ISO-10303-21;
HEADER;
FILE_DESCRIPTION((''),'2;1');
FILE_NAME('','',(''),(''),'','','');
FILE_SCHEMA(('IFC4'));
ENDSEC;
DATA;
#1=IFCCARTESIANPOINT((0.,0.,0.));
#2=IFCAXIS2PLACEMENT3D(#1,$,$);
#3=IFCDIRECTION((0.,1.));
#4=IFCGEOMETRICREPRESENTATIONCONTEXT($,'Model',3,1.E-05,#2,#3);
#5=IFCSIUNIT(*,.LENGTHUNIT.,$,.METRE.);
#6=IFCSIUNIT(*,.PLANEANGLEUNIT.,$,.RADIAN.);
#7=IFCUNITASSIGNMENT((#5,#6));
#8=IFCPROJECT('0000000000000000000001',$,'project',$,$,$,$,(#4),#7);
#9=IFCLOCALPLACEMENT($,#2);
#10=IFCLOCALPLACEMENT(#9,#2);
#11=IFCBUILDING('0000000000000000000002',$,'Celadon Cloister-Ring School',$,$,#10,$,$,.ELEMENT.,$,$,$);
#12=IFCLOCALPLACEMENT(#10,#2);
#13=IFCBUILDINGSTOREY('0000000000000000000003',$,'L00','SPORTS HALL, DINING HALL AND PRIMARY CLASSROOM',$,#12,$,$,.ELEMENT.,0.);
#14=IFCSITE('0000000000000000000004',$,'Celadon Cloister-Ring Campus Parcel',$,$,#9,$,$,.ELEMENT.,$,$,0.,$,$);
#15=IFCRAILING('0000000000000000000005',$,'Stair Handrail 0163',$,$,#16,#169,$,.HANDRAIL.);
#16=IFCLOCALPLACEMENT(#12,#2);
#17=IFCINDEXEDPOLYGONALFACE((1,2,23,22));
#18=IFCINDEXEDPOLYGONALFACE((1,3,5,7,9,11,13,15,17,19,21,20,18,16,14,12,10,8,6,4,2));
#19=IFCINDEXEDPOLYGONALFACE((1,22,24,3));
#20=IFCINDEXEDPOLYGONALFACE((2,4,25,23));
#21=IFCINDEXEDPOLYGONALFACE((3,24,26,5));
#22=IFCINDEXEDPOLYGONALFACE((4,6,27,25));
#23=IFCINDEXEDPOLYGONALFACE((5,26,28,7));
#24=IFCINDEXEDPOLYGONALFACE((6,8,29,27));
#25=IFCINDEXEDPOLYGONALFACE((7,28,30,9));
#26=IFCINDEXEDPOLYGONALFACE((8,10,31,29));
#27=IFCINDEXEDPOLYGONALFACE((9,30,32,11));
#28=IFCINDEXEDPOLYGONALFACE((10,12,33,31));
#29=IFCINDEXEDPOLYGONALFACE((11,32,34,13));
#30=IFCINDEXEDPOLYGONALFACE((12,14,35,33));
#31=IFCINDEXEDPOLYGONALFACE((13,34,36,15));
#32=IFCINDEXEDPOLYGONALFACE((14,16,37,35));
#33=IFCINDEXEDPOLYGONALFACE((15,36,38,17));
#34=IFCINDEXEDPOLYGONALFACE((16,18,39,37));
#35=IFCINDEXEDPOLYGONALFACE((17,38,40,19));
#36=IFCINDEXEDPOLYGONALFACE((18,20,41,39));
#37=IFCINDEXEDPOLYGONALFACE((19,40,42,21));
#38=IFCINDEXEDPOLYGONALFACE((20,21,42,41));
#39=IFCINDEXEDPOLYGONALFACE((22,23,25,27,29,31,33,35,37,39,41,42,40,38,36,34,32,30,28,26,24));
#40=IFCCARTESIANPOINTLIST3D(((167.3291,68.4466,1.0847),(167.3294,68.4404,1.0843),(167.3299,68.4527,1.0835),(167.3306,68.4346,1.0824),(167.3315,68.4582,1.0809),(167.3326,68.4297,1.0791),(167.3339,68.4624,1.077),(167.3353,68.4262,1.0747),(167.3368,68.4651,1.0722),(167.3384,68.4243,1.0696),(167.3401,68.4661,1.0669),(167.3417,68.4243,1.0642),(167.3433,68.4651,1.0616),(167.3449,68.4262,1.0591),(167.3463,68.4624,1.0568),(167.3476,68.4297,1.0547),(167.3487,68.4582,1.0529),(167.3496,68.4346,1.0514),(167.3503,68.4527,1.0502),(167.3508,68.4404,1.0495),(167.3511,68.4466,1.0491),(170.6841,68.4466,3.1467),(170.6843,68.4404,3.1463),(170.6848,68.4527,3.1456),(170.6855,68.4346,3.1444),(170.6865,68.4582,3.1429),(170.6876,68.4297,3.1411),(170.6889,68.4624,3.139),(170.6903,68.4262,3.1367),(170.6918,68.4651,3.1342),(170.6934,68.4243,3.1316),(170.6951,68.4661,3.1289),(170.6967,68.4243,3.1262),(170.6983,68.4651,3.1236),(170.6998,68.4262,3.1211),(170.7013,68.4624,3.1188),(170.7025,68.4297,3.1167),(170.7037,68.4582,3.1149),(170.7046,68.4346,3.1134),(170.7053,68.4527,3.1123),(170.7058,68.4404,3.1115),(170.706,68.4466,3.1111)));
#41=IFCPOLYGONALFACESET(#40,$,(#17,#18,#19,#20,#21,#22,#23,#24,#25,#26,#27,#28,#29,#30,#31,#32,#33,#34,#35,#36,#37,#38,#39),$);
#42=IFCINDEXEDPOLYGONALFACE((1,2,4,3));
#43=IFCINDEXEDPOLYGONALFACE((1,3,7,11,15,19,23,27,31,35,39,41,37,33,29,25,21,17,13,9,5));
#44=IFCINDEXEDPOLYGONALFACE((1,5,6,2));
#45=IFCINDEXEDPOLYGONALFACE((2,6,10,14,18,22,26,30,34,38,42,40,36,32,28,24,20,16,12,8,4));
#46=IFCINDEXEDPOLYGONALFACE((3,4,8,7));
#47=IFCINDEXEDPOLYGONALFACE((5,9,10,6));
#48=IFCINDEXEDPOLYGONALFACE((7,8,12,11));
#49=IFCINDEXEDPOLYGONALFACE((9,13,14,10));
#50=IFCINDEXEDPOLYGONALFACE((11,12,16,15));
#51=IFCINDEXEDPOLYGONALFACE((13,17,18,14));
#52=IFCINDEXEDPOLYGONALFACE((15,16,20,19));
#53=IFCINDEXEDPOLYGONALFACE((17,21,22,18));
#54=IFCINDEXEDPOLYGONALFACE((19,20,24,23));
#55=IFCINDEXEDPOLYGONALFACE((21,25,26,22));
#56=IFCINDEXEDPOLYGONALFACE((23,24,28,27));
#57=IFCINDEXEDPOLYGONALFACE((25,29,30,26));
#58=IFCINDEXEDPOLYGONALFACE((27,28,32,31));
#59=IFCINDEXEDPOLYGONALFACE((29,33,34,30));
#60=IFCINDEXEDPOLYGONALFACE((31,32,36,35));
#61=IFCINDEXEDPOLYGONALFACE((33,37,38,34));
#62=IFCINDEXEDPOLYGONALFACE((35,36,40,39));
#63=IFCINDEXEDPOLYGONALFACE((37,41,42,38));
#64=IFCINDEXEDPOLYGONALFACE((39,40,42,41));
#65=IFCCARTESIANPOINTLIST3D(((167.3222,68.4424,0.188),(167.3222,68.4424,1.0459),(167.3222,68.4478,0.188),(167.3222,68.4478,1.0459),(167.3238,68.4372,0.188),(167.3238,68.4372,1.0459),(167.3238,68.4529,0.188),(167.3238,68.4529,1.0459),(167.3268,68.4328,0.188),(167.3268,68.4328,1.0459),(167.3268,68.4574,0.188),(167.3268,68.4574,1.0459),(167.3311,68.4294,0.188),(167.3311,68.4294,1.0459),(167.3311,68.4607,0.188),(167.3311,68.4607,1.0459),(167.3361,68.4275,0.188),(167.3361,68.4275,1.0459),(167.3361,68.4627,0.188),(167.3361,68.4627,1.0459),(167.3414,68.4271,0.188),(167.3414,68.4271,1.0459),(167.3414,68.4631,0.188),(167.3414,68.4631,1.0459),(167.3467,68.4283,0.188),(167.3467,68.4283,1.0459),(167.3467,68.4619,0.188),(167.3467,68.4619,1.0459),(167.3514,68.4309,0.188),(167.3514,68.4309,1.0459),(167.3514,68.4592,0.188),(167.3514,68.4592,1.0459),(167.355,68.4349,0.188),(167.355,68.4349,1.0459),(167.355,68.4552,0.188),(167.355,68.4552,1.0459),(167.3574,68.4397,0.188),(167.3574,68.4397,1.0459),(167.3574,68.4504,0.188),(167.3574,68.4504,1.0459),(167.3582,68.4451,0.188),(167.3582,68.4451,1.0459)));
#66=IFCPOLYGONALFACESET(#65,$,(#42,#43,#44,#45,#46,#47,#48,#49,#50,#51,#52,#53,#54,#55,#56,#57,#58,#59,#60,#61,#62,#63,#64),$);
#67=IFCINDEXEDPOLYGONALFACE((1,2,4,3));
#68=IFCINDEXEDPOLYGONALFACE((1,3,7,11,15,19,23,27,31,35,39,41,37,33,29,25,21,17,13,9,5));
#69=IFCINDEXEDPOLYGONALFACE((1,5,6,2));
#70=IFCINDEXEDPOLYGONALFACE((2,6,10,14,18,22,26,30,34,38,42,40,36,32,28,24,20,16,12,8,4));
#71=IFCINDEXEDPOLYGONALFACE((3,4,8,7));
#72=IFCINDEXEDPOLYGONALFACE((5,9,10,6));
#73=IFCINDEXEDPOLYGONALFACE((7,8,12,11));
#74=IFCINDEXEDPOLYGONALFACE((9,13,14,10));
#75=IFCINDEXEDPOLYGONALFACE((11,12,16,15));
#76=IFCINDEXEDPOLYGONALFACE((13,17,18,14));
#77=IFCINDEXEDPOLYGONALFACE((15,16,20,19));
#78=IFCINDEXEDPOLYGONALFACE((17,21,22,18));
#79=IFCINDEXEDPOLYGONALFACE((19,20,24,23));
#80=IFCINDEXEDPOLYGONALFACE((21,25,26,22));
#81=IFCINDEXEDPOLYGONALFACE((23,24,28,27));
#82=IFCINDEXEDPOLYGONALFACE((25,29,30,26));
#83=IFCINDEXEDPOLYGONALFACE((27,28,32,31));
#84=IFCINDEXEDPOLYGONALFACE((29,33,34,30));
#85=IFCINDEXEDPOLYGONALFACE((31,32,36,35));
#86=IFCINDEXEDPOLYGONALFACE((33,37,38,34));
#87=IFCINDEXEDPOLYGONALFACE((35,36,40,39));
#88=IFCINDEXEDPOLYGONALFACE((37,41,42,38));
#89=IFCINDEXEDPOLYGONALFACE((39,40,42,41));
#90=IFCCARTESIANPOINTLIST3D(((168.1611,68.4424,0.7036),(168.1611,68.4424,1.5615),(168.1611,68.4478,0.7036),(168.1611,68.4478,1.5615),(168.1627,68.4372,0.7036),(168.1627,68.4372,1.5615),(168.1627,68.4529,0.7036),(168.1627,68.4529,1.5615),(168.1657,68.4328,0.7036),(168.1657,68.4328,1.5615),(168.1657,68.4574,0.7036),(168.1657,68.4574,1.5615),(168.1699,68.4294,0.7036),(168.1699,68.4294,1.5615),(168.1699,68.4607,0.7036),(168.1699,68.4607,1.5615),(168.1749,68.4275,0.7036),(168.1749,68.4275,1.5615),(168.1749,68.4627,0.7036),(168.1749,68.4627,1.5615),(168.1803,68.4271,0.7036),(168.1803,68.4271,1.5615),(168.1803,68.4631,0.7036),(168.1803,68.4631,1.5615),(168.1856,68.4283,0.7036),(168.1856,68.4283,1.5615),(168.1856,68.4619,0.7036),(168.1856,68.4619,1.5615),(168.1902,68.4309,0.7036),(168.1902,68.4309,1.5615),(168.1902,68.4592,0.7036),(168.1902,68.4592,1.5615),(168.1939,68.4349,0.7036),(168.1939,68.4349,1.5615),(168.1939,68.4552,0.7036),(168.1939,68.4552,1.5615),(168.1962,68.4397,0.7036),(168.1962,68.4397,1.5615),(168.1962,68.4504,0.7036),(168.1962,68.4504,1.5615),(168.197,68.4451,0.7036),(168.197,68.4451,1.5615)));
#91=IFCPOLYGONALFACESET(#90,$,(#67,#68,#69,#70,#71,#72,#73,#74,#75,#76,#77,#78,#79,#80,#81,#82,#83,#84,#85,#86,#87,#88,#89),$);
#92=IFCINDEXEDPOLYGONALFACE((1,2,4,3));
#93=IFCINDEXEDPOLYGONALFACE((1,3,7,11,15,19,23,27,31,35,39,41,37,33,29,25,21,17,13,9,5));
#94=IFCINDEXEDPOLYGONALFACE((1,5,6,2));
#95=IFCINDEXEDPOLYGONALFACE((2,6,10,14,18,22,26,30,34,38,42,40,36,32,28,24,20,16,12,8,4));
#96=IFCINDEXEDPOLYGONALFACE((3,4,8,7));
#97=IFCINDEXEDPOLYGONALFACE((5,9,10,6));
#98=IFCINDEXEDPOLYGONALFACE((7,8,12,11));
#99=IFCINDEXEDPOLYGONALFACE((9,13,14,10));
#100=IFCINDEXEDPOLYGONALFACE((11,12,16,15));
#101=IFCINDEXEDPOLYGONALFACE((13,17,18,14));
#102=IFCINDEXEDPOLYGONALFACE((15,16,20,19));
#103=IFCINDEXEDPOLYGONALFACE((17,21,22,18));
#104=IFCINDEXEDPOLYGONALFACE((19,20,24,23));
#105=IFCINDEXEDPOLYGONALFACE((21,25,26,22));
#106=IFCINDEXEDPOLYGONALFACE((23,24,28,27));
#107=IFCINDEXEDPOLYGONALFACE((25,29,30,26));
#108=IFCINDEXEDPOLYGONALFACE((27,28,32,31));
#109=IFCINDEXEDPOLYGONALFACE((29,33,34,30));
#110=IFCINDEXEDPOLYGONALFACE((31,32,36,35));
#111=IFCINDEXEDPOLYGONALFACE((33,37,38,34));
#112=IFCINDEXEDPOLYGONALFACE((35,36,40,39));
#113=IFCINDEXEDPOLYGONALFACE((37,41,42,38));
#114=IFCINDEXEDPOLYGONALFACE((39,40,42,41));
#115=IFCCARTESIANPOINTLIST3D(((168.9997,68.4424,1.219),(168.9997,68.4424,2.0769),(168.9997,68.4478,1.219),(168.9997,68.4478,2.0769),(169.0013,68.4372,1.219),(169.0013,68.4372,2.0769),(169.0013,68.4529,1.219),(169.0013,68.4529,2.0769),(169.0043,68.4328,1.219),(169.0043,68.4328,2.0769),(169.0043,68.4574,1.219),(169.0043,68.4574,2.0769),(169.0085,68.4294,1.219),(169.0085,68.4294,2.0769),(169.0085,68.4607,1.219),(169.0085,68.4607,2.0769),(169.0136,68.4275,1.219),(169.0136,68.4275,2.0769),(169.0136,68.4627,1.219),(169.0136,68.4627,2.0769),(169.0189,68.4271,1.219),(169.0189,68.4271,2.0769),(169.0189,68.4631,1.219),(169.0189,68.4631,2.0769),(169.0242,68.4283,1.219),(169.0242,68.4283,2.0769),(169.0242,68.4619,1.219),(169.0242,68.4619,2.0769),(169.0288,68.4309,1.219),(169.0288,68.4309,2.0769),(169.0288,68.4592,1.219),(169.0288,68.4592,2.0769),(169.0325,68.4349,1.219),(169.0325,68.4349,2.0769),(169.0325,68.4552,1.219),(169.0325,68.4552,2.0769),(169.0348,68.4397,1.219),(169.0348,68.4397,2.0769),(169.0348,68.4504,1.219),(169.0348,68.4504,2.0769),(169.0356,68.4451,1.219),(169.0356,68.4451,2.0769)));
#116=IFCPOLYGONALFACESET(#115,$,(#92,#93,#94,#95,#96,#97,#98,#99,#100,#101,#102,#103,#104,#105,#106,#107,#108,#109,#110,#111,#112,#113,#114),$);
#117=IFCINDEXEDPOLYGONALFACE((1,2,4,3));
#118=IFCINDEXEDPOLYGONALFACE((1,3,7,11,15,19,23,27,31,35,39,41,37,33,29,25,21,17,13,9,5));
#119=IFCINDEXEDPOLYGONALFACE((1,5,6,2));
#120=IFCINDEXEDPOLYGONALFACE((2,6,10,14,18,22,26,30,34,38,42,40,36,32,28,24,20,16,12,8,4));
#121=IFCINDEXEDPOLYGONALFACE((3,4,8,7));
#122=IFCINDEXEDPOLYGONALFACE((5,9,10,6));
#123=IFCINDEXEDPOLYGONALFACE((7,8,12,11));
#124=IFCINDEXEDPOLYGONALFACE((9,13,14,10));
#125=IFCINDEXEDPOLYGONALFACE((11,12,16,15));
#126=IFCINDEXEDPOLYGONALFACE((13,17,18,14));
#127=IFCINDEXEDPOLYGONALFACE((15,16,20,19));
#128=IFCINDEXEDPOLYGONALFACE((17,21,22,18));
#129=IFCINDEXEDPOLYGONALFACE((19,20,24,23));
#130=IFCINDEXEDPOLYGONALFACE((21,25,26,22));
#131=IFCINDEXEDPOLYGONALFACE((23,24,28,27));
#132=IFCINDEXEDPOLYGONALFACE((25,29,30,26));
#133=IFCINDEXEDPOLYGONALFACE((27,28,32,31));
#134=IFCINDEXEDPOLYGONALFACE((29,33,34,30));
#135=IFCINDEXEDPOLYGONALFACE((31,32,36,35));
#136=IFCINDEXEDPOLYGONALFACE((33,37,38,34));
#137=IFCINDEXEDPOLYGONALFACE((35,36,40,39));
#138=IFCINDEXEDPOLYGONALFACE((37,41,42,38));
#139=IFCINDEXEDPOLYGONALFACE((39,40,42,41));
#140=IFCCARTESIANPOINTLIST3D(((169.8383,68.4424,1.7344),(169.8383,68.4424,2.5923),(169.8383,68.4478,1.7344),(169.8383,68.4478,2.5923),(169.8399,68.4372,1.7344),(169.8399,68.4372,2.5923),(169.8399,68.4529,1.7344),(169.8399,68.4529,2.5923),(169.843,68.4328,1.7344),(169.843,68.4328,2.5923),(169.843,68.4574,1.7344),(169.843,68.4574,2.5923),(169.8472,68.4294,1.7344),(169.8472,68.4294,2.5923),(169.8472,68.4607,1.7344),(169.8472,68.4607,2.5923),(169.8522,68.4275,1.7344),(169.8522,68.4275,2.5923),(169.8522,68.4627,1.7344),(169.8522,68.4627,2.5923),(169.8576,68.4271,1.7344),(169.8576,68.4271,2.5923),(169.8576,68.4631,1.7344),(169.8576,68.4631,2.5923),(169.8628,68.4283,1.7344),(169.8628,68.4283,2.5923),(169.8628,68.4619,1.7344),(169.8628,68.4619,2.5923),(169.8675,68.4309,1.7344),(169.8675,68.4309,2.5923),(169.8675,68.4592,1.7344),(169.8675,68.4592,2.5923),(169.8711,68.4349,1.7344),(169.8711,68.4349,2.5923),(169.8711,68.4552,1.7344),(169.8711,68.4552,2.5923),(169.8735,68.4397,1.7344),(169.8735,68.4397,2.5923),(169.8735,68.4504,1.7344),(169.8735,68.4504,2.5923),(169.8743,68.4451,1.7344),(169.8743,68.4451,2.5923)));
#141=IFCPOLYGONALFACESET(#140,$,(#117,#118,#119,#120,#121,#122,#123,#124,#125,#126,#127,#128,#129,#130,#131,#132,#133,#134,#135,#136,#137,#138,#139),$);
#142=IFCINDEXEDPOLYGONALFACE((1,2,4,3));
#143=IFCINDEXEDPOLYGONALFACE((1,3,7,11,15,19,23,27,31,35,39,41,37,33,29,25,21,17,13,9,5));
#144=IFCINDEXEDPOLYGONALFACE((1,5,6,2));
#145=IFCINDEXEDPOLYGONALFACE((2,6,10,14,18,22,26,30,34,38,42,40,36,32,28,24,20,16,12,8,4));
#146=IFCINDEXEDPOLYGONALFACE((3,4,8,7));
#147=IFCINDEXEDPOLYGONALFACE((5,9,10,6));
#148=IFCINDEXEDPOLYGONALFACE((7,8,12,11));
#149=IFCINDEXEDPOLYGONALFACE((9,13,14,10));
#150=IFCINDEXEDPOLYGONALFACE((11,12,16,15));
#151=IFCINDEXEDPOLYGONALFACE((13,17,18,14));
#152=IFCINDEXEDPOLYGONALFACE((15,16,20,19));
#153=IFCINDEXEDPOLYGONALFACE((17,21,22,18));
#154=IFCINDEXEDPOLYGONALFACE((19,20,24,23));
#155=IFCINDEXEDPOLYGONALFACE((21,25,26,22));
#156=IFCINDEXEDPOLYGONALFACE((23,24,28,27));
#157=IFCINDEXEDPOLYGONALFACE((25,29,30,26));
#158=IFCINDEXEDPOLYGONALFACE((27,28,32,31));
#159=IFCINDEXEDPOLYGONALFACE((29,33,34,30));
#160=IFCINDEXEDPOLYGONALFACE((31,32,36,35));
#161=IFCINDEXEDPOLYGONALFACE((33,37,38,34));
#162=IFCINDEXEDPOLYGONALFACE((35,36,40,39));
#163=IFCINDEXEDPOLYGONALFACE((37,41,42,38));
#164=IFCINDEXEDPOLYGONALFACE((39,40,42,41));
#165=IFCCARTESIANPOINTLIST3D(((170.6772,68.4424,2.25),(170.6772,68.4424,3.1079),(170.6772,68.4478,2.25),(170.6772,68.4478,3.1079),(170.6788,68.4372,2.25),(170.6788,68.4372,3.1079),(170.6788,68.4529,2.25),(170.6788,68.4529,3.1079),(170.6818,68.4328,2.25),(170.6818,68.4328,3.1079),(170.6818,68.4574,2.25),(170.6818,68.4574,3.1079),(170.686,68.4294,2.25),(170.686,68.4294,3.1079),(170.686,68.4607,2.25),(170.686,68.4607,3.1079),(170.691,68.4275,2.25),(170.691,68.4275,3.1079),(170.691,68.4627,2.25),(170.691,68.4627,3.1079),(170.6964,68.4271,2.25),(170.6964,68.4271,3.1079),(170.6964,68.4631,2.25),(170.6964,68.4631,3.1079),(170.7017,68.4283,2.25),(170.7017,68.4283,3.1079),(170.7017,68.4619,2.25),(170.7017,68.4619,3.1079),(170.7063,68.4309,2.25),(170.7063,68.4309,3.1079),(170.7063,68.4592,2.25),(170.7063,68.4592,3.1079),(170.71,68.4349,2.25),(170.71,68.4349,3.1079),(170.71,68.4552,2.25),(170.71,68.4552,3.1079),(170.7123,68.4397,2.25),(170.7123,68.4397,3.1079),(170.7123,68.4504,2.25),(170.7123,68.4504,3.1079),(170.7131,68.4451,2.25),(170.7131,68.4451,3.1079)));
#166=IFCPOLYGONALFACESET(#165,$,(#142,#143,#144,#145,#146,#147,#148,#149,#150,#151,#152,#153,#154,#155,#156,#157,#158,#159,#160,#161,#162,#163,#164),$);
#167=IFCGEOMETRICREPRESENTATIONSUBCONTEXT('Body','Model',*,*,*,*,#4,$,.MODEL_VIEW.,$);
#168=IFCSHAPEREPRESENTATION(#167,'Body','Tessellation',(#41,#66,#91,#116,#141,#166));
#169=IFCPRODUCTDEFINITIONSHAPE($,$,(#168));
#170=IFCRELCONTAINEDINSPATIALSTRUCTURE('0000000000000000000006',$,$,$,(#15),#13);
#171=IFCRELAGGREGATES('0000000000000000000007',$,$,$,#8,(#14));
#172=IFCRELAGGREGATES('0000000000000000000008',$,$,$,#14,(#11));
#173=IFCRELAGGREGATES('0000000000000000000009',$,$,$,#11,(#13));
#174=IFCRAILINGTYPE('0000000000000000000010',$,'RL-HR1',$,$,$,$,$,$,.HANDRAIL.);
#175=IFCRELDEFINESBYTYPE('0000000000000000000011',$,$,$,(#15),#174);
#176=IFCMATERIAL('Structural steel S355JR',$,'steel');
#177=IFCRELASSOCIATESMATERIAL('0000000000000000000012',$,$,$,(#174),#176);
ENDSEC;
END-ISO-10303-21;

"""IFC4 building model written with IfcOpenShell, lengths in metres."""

from ifc_helpers import new_model, si_unit, direction, frame, origin, origin_2d, place, context, subcontext, project, spatial, circle, extrude, material, type_object, element, save


model = new_model("IFC4")

# Units and contexts
model_context = context("Model", 3, precision=1e-05, world=origin(), true_north=direction((0.0, 1.0)))
body_context = subcontext(model_context, "Body", "Model", "MODEL_VIEW")
ifc_project = project(units=[si_unit("LENGTHUNIT", "METRE"), si_unit("PLANEANGLEUNIT", "RADIAN")], contexts=[model_context])

# Site, building, storey
site_placement = place(None, origin())
site = spatial("IfcSite", under=ifc_project, at=site_placement, Name="Celadon Cloister-Ring Campus Parcel", CompositionType="ELEMENT", RefElevation=0.0)
building_placement = place(site_placement, origin())
building = spatial("IfcBuilding", under=site, at=building_placement, Name="Celadon Cloister-Ring School", CompositionType="ELEMENT")
storey_placement = place(building_placement, origin())
storey = spatial("IfcBuildingStorey", under=building, at=storey_placement, Name="L00", Description="SPORTS HALL, DINING HALL AND PRIMARY CLASSROOM", CompositionType="ELEMENT", Elevation=0.0)

# Railing
ifc_material_1 = material(Name="Structural steel S355JR", Category="steel")
railing_type_1 = type_object("IfcRailingType", Name="RL-HR1", PredefinedType="HANDRAIL", material=ifc_material_1)
for number, where, name in (
    (1, (167.3401, 68.4451, 0.188), "Stair Handrail 0163"),
):
    element("IfcRailing", number, at=place(storey_placement, frame(where)), inside=storey, type_object=railing_type_1, Name=name, PredefinedType="HANDRAIL", context=body_context, shape_type="SweptSolid", body=[
        extrude(circle(Radius=0.021, at=origin_2d()), frame((0.0, 0.0, 0.8789), z_axis=(0.851952, 0.0, 0.52362), x_axis=(0.0, 1.0, 0.0)), (0.0, 0.0, 1.0), 3.938),
        extrude(circle(Radius=0.0181, at=origin_2d()), origin(), (0.0, 0.0, 1.0), 0.8579),
        extrude(circle(Radius=0.0181, at=origin_2d()), frame((0.8389, 0.0, 0.5156)), (0.0, 0.0, 1.0), 0.8579),
        extrude(circle(Radius=0.0181, at=origin_2d()), frame((1.6775, 0.0, 1.031)), (0.0, 0.0, 1.0), 0.8579),
        extrude(circle(Radius=0.0181, at=origin_2d()), frame((2.5161, 0.0, 1.5464)), (0.0, 0.0, 1.0), 0.8579),
        extrude(circle(Radius=0.0181, at=origin_2d()), frame((3.355, 0.0, 2.062)), (0.0, 0.0, 1.0), 0.8579),
    ])

save(model, "model.ifc")
